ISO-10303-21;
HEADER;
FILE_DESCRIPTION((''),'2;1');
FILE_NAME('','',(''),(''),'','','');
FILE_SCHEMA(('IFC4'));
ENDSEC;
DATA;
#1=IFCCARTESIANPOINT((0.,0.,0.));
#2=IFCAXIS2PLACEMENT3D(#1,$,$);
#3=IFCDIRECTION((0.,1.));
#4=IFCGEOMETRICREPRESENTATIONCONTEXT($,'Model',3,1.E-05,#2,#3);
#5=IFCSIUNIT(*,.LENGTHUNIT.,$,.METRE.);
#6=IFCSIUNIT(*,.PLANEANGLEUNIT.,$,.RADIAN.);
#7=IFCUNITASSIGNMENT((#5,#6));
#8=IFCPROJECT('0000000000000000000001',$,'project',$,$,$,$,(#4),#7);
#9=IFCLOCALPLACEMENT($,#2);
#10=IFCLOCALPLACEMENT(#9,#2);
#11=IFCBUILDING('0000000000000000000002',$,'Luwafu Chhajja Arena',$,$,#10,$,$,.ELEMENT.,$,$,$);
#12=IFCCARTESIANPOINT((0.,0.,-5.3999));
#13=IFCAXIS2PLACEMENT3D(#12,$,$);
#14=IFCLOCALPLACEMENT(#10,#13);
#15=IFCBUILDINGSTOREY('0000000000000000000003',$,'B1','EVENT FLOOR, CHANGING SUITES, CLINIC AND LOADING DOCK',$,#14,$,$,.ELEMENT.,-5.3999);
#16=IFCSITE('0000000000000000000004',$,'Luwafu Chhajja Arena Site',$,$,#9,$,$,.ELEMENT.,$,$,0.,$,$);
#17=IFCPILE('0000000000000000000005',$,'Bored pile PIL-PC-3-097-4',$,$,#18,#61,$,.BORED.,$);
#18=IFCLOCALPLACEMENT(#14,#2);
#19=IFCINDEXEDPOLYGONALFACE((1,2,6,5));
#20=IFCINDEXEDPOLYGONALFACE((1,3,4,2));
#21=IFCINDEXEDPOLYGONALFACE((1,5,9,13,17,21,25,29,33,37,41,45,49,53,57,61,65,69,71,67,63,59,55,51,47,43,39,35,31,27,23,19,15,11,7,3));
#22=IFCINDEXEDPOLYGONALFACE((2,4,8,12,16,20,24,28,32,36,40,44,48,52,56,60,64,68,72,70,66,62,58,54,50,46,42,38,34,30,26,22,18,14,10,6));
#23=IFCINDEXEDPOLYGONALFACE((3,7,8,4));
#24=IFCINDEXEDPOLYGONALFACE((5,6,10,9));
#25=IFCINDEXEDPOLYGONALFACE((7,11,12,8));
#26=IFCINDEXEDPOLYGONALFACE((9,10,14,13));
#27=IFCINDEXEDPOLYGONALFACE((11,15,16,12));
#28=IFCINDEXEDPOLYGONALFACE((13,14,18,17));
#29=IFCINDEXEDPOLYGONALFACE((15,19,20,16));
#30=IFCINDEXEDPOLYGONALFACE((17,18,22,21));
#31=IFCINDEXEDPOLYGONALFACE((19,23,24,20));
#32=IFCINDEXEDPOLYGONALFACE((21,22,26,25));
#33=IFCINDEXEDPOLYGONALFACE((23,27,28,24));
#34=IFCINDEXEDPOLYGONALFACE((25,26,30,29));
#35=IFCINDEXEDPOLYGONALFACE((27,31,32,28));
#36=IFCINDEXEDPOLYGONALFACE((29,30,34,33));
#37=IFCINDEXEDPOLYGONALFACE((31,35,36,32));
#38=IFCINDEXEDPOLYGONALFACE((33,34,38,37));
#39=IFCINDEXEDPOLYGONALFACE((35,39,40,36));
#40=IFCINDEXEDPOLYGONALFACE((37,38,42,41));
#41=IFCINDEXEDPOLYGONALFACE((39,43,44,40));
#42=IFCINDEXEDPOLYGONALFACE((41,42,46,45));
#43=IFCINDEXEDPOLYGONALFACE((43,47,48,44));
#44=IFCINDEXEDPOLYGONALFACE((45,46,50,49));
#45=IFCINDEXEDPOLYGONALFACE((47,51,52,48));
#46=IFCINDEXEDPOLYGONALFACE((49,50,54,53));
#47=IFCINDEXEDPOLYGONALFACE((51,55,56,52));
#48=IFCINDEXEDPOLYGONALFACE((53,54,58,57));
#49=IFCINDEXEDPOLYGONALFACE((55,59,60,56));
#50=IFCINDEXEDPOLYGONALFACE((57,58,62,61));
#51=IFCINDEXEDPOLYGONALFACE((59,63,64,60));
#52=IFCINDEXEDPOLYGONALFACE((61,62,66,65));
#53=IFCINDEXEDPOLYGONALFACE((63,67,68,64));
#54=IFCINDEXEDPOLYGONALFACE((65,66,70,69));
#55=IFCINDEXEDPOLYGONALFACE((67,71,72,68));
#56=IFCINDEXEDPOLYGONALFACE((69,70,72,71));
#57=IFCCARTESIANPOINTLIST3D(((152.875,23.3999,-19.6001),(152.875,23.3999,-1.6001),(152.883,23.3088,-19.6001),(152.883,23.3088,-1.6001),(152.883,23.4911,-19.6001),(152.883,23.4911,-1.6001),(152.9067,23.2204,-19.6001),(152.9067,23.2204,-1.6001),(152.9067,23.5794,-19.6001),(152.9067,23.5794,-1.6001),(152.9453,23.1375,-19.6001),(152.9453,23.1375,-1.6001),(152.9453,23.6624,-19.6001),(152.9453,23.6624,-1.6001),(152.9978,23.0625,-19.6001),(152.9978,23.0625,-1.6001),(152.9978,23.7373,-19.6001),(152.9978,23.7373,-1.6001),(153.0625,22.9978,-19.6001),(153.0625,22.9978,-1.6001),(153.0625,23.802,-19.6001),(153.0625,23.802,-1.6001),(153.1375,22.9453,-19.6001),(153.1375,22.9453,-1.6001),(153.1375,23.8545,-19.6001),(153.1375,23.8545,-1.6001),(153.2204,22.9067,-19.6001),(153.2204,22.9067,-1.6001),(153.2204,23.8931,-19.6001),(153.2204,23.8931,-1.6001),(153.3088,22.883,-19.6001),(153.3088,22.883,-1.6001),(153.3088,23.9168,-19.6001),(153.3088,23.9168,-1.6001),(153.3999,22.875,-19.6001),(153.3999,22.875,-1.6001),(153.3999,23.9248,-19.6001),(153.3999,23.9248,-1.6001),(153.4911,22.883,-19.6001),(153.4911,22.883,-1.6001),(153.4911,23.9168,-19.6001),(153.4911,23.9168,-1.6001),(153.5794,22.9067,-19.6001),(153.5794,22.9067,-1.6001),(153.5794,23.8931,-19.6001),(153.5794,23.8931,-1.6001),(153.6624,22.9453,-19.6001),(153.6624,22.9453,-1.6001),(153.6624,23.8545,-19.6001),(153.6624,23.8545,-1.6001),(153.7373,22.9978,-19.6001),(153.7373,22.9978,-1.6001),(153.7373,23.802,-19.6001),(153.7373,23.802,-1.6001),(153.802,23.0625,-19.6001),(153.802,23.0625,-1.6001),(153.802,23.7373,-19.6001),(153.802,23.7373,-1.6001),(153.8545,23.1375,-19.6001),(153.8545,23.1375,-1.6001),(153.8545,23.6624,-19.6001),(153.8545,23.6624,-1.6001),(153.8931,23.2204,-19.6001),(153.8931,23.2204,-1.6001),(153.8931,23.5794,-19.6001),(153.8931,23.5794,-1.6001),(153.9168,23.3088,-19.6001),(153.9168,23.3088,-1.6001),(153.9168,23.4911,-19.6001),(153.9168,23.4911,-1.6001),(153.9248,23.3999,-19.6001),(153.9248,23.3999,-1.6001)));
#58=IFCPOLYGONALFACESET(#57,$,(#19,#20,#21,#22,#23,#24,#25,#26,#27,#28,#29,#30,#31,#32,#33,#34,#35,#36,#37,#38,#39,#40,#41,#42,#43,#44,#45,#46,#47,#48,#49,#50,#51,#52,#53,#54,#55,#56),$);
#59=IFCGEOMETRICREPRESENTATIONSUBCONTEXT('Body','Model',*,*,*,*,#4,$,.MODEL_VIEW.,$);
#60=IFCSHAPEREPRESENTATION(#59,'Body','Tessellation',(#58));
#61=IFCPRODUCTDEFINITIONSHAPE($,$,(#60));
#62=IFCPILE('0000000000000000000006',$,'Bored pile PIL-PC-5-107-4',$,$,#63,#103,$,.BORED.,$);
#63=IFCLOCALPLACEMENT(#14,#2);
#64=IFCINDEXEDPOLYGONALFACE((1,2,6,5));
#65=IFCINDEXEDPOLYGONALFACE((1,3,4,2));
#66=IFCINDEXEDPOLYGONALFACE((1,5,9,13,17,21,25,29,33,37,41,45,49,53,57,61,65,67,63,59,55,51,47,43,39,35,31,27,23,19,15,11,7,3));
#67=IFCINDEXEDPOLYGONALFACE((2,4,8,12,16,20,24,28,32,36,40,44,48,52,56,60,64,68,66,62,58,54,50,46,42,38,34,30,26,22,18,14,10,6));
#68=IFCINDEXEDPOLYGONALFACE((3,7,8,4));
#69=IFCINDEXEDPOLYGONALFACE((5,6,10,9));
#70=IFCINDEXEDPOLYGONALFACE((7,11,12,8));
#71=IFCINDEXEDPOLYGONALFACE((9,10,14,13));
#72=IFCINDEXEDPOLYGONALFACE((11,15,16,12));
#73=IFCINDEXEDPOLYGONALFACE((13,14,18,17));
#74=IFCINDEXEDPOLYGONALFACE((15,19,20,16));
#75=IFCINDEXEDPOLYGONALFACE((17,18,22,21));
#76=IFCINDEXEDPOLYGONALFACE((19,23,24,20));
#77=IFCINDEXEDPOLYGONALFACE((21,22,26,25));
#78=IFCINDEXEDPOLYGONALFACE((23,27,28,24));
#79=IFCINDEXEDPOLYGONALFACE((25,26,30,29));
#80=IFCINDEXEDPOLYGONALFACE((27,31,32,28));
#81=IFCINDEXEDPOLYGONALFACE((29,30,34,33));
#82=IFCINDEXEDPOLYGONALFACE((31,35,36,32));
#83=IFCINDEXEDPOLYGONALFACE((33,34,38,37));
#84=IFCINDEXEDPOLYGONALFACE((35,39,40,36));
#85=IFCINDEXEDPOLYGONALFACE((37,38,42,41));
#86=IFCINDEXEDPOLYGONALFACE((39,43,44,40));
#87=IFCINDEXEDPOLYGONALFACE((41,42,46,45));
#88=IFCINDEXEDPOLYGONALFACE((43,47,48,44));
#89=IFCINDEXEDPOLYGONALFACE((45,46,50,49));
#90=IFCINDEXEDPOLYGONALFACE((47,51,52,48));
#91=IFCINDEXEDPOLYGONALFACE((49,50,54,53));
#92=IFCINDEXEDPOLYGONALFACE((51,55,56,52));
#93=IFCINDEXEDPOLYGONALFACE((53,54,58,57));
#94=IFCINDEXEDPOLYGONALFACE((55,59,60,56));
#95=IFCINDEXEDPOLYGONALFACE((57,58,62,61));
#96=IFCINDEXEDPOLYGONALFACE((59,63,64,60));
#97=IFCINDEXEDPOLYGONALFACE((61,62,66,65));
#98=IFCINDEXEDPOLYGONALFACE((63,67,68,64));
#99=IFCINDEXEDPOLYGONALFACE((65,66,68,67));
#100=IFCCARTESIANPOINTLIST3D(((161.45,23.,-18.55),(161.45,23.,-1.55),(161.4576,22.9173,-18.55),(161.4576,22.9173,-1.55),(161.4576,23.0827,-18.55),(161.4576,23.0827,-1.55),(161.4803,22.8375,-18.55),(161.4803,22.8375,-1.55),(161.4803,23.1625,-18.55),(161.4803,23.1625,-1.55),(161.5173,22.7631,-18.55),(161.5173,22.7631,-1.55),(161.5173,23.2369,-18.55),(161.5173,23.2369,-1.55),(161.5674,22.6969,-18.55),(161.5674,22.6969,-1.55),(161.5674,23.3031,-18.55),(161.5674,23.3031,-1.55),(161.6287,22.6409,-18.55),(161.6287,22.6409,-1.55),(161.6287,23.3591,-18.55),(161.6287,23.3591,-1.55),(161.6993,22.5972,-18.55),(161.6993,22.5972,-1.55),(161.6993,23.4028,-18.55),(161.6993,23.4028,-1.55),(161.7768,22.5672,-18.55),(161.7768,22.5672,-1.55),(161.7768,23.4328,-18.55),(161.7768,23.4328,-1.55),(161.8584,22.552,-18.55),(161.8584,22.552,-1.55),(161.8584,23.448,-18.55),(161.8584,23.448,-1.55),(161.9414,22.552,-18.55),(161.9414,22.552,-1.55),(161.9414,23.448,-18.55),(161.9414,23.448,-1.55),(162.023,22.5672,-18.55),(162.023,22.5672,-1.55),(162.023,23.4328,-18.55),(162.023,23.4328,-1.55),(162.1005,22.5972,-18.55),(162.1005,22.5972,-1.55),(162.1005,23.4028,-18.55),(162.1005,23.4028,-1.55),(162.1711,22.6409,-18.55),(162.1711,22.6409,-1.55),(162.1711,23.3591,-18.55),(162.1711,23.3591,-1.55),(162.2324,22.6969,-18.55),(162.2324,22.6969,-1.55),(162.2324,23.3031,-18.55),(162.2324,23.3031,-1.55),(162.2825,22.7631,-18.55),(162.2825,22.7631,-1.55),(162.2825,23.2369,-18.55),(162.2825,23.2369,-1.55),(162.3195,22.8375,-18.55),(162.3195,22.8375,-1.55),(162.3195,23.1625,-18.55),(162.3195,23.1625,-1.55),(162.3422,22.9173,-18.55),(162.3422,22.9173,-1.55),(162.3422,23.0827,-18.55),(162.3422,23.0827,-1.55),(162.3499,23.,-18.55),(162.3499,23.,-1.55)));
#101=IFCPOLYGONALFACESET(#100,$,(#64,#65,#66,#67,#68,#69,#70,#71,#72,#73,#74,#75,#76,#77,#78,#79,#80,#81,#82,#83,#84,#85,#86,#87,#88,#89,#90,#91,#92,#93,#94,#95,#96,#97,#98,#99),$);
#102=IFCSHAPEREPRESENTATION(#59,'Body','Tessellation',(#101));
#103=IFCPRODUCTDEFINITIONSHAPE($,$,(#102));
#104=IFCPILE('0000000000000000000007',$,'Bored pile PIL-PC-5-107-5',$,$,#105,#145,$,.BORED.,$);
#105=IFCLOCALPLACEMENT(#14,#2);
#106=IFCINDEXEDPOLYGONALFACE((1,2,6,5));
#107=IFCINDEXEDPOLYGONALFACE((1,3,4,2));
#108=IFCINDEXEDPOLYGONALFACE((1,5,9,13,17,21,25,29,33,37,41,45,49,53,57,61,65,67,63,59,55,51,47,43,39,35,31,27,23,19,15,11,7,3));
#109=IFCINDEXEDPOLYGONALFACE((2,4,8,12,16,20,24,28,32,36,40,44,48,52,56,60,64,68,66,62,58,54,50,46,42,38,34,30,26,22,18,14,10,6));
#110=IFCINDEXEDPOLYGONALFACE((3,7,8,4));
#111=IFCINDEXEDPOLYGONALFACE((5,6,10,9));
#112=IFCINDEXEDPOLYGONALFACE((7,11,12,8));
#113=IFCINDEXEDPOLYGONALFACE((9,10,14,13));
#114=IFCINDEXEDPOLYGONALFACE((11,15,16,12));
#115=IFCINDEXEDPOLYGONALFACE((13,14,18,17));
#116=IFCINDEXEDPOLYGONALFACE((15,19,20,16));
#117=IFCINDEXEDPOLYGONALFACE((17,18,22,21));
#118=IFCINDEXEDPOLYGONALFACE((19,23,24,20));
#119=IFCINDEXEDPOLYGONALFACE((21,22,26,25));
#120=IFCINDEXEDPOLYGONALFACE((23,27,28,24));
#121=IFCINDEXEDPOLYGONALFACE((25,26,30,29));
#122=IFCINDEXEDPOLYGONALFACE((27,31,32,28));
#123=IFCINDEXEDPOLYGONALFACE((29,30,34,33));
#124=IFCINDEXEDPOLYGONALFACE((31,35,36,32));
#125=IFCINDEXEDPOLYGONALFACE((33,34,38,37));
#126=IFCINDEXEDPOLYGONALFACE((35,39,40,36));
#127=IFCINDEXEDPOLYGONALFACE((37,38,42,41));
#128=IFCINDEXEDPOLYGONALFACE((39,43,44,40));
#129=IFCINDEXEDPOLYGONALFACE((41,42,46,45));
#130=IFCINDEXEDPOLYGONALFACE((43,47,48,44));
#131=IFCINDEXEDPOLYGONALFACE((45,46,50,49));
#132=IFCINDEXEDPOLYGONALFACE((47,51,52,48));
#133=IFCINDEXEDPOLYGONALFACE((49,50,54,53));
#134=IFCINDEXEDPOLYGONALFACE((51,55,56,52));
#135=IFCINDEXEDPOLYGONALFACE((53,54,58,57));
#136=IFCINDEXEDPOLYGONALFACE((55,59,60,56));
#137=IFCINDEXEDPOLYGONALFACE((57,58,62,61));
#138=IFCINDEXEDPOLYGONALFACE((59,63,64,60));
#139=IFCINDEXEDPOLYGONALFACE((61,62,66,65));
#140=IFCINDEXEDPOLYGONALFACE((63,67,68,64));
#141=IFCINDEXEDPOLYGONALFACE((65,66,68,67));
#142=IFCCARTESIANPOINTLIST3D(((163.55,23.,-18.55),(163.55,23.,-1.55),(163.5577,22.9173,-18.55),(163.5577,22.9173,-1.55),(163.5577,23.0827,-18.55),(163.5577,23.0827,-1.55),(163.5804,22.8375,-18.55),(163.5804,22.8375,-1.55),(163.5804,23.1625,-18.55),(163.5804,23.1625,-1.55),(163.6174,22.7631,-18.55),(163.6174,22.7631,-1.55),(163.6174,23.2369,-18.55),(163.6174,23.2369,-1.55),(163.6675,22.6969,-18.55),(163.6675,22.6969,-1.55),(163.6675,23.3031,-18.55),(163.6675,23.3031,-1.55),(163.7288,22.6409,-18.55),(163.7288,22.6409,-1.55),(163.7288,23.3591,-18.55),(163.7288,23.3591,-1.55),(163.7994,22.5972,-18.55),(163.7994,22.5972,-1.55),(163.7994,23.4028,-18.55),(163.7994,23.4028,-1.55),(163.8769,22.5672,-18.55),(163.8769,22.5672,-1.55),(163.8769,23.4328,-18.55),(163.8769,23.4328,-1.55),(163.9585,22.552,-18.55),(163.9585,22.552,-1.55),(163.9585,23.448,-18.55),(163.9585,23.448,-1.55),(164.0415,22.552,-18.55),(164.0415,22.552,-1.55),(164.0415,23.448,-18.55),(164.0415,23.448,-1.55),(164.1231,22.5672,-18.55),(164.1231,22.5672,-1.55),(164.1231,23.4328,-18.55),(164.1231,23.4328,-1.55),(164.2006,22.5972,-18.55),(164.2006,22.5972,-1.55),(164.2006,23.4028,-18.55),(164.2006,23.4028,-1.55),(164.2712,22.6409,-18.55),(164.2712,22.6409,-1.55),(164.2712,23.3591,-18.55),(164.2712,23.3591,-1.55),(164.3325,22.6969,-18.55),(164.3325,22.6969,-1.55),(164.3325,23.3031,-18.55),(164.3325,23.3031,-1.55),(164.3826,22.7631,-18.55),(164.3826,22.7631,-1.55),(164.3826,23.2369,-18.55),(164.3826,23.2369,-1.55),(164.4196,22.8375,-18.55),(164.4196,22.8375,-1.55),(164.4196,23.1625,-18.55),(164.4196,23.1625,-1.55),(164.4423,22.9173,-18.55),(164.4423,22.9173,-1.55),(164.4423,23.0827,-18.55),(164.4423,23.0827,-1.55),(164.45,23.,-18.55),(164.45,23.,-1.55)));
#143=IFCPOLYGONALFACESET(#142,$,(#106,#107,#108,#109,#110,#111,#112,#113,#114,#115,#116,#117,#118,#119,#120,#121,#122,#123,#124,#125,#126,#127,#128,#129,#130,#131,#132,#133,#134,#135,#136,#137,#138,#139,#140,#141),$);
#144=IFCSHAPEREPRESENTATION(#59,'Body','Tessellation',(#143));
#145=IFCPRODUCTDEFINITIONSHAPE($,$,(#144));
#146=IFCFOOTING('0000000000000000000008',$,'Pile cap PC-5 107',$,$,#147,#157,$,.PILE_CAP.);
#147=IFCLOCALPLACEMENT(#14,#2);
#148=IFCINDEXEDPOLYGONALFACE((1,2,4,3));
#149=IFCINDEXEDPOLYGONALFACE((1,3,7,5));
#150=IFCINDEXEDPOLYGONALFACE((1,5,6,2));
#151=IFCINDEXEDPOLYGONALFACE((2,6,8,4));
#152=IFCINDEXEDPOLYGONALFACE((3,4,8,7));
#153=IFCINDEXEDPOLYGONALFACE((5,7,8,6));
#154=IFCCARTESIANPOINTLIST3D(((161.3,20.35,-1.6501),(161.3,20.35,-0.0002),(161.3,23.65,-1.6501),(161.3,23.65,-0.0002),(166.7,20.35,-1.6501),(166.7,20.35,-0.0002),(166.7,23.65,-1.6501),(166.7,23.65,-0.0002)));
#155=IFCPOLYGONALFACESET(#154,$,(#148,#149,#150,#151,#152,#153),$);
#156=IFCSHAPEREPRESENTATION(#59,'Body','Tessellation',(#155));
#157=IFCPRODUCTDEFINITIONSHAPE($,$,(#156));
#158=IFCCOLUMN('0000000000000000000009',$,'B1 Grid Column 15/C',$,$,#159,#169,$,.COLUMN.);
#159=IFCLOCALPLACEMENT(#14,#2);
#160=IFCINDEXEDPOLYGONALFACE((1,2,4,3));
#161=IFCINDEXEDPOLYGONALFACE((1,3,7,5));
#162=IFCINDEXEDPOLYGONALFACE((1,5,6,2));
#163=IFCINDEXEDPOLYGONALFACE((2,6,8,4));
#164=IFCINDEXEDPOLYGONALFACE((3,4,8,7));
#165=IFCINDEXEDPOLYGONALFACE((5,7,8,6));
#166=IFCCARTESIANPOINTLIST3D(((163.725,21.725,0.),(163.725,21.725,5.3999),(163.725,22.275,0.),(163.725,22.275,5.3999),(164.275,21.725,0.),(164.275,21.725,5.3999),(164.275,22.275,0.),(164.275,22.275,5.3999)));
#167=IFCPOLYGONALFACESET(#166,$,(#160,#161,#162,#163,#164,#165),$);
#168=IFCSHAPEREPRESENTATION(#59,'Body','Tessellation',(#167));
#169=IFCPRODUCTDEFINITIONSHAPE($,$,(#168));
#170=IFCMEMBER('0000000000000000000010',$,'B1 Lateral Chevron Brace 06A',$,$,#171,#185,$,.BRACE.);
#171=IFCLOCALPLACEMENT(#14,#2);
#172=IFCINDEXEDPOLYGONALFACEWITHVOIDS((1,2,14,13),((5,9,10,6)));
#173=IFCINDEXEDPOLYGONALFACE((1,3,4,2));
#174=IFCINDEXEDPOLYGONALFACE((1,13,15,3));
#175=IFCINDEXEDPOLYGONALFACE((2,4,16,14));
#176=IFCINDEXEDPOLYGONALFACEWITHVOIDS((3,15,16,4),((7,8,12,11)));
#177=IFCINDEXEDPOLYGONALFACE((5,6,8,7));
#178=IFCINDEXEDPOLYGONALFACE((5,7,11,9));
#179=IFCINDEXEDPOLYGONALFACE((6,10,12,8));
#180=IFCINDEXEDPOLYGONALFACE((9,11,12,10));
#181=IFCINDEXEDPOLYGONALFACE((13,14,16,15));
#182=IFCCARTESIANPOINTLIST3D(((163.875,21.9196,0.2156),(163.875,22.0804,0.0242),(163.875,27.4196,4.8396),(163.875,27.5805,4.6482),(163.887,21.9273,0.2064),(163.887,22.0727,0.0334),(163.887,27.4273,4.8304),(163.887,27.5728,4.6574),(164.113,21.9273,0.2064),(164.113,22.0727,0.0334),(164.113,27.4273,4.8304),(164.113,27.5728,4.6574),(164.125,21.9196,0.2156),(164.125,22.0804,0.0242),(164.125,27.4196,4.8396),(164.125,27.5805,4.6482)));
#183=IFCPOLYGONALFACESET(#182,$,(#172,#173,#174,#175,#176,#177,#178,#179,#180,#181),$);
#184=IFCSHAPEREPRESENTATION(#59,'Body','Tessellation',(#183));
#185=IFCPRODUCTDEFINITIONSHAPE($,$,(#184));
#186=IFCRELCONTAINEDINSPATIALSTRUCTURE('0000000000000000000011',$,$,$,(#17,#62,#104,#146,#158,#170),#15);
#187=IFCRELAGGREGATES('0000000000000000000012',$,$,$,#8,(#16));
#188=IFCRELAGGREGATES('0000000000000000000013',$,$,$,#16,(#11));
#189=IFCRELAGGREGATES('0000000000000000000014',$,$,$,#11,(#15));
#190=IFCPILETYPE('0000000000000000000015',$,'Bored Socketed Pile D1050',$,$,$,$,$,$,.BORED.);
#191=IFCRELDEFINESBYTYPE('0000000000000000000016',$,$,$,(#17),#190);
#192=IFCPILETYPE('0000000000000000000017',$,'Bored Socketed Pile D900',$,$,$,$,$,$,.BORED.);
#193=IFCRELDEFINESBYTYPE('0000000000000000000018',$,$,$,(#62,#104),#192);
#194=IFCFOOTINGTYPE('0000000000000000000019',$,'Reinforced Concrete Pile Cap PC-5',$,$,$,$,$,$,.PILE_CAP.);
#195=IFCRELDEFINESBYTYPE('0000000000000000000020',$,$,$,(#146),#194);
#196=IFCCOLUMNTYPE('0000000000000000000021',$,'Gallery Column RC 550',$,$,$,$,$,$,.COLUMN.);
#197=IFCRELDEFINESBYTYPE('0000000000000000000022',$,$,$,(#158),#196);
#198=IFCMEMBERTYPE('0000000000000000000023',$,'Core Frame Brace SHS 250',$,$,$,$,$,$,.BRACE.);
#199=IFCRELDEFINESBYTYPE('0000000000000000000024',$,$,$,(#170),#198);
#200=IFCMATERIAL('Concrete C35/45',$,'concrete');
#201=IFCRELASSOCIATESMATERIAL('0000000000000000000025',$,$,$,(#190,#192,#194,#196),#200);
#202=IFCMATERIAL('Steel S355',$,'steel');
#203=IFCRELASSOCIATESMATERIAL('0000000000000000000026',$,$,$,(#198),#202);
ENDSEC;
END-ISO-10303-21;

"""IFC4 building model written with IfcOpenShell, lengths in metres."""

from ifc_helpers import new_model, si_unit, direction, frame, origin, origin_2d, place, context, subcontext, project, spatial, rectangle, hollow_rectangle, circle, extrude, material, material_profile, profile_set, type_object, element, save


model = new_model("IFC4")

# Units and contexts
model_context = context("Model", 3, precision=1e-05, world=origin(), true_north=direction((0.0, 1.0)))
body_context = subcontext(model_context, "Body", "Model", "MODEL_VIEW")
ifc_project = project(units=[si_unit("LENGTHUNIT", "METRE"), si_unit("PLANEANGLEUNIT", "RADIAN")], contexts=[model_context])

# Site, building, storey
site_placement = place(None, origin())
site = spatial("IfcSite", under=ifc_project, at=site_placement, Name="Luwafu Chhajja Arena Site", CompositionType="ELEMENT", RefElevation=0.0)
building_placement = place(site_placement, origin())
building = spatial("IfcBuilding", under=site, at=building_placement, Name="Luwafu Chhajja Arena", CompositionType="ELEMENT")
storey_placement = place(building_placement, frame((0.0, 0.0, -5.3999)))
storey = spatial("IfcBuildingStorey", under=building, at=storey_placement, Name="B1", Description="EVENT FLOOR, CHANGING SUITES, CLINIC AND LOADING DOCK", CompositionType="ELEMENT", Elevation=-5.3999)

# Piles
ifc_material_1 = material(Name="Concrete C35/45", Category="concrete")
ifc_material_profile_1 = material_profile(ifc_material_1, circle(Radius=0.5249, at=origin_2d()), Name="PILE D1050")
ifc_profile_set_1 = profile_set([ifc_material_profile_1], Name="Concrete C35/45")
pile_type_1 = type_object("IfcPileType", Name="Bored Socketed Pile D1050", PredefinedType="BORED", material=ifc_profile_set_1)
pile_placement = place(storey_placement, frame((153.3999, 23.3999, -1.6001), z_axis=(0.0, 0.0, -1.0), x_axis=(1.0, 0.0, 0.0)))
element("IfcPile", 1, at=pile_placement, inside=storey, type_object=pile_type_1, Name="Bored pile PIL-PC-3-097-4", PredefinedType="BORED", context=body_context, shape_type="SweptSolid", body=[
    extrude(circle(Radius=0.5249, at=origin_2d()), origin(), (0.0, 0.0, 1.0), 18.0),
])
ifc_material_profile_2 = material_profile(ifc_material_1, circle(Radius=0.45, at=origin_2d()), Name="PILE D900")
ifc_profile_set_2 = profile_set([ifc_material_profile_2], Name="Concrete C35/45")
pile_type_2 = type_object("IfcPileType", Name="Bored Socketed Pile D900", PredefinedType="BORED", material=ifc_profile_set_2)
for number, where, z_axis, x_axis, name in (
    (2, (161.8999, 23.0, -1.55), (0.0, 0.0, -1.0), (1.0, 0.0, 0.0), "Bored pile PIL-PC-5-107-4"),
    (3, (164.0, 23.0, -1.55), (0.0, 0.0, -1.0), (1.0, 0.0, 0.0), "Bored pile PIL-PC-5-107-5"),
):
    element("IfcPile", number, at=place(storey_placement, frame(where, z_axis=z_axis, x_axis=x_axis)), inside=storey, type_object=pile_type_2, Name=name, PredefinedType="BORED", context=body_context, shape_type="SweptSolid", body=[
        extrude(circle(Radius=0.45, at=origin_2d()), origin(), (0.0, 0.0, 1.0), 17.0),
    ])

# Footing
footing_type = type_object("IfcFootingType", Name="Reinforced Concrete Pile Cap PC-5", PredefinedType="PILE_CAP", material=ifc_material_1)
footing_placement = place(storey_placement, frame((164.0, 22.0, -1.6501), z_axis=(0.0, 0.0, 1.0), x_axis=(1.0, 0.0, 0.0)))
element("IfcFooting", 4, at=footing_placement, inside=storey, type_object=footing_type, Name="Pile cap PC-5 107", PredefinedType="PILE_CAP", context=body_context, shape_type="SweptSolid", body=[
    extrude(rectangle(XDim=5.3999, YDim=3.3, at=origin_2d()), origin(), (0.0, 0.0, 1.0), 1.6499),
])

# Column
ifc_material_profile_3 = material_profile(ifc_material_1, rectangle(XDim=0.55, YDim=0.55, at=origin_2d()), Name="RC 550x550")
ifc_profile_set_3 = profile_set([ifc_material_profile_3], Name="Concrete C35/45")
column_type = type_object("IfcColumnType", Name="Gallery Column RC 550", PredefinedType="COLUMN", material=ifc_profile_set_3)
column_placement = place(storey_placement, frame((164.0, 22.0, 0.0), z_axis=(0.0, 0.0, 1.0), x_axis=(1.0, 0.0, 0.0)))
element("IfcColumn", 5, at=column_placement, inside=storey, type_object=column_type, Name="B1 Grid Column 15/C", PredefinedType="COLUMN", context=body_context, shape_type="SweptSolid", body=[
    extrude(rectangle(XDim=0.55, YDim=0.55, at=origin_2d()), origin(), (0.0, 0.0, 1.0), 5.3999),
])

# Member
ifc_material_2 = material(Name="Steel S355", Category="steel")
ifc_material_profile_4 = material_profile(ifc_material_2, hollow_rectangle(XDim=0.25, YDim=0.25, WallThickness=0.012, at=origin_2d()), Name="SHS 250x250x12")
ifc_profile_set_4 = profile_set([ifc_material_profile_4], Name="Steel S355")
member_type = type_object("IfcMemberType", Name="Core Frame Brace SHS 250", PredefinedType="BRACE", material=ifc_profile_set_4)
member_placement = place(storey_placement, frame((164.0, 22.0, 0.1199), z_axis=(0.0, 0.765429, 0.64352), x_axis=(-1.0, 0.0, 0.0)))
element("IfcMember", 6, at=member_placement, inside=storey, type_object=member_type, Name="B1 Lateral Chevron Brace 06A", PredefinedType="BRACE", context=body_context, shape_type="SweptSolid", body=[
    extrude(hollow_rectangle(XDim=0.25, YDim=0.25, WallThickness=0.012, at=origin_2d()), origin(), (0.0, 0.0, 1.0), 7.1855),
])

save(model, "model.ifc")
